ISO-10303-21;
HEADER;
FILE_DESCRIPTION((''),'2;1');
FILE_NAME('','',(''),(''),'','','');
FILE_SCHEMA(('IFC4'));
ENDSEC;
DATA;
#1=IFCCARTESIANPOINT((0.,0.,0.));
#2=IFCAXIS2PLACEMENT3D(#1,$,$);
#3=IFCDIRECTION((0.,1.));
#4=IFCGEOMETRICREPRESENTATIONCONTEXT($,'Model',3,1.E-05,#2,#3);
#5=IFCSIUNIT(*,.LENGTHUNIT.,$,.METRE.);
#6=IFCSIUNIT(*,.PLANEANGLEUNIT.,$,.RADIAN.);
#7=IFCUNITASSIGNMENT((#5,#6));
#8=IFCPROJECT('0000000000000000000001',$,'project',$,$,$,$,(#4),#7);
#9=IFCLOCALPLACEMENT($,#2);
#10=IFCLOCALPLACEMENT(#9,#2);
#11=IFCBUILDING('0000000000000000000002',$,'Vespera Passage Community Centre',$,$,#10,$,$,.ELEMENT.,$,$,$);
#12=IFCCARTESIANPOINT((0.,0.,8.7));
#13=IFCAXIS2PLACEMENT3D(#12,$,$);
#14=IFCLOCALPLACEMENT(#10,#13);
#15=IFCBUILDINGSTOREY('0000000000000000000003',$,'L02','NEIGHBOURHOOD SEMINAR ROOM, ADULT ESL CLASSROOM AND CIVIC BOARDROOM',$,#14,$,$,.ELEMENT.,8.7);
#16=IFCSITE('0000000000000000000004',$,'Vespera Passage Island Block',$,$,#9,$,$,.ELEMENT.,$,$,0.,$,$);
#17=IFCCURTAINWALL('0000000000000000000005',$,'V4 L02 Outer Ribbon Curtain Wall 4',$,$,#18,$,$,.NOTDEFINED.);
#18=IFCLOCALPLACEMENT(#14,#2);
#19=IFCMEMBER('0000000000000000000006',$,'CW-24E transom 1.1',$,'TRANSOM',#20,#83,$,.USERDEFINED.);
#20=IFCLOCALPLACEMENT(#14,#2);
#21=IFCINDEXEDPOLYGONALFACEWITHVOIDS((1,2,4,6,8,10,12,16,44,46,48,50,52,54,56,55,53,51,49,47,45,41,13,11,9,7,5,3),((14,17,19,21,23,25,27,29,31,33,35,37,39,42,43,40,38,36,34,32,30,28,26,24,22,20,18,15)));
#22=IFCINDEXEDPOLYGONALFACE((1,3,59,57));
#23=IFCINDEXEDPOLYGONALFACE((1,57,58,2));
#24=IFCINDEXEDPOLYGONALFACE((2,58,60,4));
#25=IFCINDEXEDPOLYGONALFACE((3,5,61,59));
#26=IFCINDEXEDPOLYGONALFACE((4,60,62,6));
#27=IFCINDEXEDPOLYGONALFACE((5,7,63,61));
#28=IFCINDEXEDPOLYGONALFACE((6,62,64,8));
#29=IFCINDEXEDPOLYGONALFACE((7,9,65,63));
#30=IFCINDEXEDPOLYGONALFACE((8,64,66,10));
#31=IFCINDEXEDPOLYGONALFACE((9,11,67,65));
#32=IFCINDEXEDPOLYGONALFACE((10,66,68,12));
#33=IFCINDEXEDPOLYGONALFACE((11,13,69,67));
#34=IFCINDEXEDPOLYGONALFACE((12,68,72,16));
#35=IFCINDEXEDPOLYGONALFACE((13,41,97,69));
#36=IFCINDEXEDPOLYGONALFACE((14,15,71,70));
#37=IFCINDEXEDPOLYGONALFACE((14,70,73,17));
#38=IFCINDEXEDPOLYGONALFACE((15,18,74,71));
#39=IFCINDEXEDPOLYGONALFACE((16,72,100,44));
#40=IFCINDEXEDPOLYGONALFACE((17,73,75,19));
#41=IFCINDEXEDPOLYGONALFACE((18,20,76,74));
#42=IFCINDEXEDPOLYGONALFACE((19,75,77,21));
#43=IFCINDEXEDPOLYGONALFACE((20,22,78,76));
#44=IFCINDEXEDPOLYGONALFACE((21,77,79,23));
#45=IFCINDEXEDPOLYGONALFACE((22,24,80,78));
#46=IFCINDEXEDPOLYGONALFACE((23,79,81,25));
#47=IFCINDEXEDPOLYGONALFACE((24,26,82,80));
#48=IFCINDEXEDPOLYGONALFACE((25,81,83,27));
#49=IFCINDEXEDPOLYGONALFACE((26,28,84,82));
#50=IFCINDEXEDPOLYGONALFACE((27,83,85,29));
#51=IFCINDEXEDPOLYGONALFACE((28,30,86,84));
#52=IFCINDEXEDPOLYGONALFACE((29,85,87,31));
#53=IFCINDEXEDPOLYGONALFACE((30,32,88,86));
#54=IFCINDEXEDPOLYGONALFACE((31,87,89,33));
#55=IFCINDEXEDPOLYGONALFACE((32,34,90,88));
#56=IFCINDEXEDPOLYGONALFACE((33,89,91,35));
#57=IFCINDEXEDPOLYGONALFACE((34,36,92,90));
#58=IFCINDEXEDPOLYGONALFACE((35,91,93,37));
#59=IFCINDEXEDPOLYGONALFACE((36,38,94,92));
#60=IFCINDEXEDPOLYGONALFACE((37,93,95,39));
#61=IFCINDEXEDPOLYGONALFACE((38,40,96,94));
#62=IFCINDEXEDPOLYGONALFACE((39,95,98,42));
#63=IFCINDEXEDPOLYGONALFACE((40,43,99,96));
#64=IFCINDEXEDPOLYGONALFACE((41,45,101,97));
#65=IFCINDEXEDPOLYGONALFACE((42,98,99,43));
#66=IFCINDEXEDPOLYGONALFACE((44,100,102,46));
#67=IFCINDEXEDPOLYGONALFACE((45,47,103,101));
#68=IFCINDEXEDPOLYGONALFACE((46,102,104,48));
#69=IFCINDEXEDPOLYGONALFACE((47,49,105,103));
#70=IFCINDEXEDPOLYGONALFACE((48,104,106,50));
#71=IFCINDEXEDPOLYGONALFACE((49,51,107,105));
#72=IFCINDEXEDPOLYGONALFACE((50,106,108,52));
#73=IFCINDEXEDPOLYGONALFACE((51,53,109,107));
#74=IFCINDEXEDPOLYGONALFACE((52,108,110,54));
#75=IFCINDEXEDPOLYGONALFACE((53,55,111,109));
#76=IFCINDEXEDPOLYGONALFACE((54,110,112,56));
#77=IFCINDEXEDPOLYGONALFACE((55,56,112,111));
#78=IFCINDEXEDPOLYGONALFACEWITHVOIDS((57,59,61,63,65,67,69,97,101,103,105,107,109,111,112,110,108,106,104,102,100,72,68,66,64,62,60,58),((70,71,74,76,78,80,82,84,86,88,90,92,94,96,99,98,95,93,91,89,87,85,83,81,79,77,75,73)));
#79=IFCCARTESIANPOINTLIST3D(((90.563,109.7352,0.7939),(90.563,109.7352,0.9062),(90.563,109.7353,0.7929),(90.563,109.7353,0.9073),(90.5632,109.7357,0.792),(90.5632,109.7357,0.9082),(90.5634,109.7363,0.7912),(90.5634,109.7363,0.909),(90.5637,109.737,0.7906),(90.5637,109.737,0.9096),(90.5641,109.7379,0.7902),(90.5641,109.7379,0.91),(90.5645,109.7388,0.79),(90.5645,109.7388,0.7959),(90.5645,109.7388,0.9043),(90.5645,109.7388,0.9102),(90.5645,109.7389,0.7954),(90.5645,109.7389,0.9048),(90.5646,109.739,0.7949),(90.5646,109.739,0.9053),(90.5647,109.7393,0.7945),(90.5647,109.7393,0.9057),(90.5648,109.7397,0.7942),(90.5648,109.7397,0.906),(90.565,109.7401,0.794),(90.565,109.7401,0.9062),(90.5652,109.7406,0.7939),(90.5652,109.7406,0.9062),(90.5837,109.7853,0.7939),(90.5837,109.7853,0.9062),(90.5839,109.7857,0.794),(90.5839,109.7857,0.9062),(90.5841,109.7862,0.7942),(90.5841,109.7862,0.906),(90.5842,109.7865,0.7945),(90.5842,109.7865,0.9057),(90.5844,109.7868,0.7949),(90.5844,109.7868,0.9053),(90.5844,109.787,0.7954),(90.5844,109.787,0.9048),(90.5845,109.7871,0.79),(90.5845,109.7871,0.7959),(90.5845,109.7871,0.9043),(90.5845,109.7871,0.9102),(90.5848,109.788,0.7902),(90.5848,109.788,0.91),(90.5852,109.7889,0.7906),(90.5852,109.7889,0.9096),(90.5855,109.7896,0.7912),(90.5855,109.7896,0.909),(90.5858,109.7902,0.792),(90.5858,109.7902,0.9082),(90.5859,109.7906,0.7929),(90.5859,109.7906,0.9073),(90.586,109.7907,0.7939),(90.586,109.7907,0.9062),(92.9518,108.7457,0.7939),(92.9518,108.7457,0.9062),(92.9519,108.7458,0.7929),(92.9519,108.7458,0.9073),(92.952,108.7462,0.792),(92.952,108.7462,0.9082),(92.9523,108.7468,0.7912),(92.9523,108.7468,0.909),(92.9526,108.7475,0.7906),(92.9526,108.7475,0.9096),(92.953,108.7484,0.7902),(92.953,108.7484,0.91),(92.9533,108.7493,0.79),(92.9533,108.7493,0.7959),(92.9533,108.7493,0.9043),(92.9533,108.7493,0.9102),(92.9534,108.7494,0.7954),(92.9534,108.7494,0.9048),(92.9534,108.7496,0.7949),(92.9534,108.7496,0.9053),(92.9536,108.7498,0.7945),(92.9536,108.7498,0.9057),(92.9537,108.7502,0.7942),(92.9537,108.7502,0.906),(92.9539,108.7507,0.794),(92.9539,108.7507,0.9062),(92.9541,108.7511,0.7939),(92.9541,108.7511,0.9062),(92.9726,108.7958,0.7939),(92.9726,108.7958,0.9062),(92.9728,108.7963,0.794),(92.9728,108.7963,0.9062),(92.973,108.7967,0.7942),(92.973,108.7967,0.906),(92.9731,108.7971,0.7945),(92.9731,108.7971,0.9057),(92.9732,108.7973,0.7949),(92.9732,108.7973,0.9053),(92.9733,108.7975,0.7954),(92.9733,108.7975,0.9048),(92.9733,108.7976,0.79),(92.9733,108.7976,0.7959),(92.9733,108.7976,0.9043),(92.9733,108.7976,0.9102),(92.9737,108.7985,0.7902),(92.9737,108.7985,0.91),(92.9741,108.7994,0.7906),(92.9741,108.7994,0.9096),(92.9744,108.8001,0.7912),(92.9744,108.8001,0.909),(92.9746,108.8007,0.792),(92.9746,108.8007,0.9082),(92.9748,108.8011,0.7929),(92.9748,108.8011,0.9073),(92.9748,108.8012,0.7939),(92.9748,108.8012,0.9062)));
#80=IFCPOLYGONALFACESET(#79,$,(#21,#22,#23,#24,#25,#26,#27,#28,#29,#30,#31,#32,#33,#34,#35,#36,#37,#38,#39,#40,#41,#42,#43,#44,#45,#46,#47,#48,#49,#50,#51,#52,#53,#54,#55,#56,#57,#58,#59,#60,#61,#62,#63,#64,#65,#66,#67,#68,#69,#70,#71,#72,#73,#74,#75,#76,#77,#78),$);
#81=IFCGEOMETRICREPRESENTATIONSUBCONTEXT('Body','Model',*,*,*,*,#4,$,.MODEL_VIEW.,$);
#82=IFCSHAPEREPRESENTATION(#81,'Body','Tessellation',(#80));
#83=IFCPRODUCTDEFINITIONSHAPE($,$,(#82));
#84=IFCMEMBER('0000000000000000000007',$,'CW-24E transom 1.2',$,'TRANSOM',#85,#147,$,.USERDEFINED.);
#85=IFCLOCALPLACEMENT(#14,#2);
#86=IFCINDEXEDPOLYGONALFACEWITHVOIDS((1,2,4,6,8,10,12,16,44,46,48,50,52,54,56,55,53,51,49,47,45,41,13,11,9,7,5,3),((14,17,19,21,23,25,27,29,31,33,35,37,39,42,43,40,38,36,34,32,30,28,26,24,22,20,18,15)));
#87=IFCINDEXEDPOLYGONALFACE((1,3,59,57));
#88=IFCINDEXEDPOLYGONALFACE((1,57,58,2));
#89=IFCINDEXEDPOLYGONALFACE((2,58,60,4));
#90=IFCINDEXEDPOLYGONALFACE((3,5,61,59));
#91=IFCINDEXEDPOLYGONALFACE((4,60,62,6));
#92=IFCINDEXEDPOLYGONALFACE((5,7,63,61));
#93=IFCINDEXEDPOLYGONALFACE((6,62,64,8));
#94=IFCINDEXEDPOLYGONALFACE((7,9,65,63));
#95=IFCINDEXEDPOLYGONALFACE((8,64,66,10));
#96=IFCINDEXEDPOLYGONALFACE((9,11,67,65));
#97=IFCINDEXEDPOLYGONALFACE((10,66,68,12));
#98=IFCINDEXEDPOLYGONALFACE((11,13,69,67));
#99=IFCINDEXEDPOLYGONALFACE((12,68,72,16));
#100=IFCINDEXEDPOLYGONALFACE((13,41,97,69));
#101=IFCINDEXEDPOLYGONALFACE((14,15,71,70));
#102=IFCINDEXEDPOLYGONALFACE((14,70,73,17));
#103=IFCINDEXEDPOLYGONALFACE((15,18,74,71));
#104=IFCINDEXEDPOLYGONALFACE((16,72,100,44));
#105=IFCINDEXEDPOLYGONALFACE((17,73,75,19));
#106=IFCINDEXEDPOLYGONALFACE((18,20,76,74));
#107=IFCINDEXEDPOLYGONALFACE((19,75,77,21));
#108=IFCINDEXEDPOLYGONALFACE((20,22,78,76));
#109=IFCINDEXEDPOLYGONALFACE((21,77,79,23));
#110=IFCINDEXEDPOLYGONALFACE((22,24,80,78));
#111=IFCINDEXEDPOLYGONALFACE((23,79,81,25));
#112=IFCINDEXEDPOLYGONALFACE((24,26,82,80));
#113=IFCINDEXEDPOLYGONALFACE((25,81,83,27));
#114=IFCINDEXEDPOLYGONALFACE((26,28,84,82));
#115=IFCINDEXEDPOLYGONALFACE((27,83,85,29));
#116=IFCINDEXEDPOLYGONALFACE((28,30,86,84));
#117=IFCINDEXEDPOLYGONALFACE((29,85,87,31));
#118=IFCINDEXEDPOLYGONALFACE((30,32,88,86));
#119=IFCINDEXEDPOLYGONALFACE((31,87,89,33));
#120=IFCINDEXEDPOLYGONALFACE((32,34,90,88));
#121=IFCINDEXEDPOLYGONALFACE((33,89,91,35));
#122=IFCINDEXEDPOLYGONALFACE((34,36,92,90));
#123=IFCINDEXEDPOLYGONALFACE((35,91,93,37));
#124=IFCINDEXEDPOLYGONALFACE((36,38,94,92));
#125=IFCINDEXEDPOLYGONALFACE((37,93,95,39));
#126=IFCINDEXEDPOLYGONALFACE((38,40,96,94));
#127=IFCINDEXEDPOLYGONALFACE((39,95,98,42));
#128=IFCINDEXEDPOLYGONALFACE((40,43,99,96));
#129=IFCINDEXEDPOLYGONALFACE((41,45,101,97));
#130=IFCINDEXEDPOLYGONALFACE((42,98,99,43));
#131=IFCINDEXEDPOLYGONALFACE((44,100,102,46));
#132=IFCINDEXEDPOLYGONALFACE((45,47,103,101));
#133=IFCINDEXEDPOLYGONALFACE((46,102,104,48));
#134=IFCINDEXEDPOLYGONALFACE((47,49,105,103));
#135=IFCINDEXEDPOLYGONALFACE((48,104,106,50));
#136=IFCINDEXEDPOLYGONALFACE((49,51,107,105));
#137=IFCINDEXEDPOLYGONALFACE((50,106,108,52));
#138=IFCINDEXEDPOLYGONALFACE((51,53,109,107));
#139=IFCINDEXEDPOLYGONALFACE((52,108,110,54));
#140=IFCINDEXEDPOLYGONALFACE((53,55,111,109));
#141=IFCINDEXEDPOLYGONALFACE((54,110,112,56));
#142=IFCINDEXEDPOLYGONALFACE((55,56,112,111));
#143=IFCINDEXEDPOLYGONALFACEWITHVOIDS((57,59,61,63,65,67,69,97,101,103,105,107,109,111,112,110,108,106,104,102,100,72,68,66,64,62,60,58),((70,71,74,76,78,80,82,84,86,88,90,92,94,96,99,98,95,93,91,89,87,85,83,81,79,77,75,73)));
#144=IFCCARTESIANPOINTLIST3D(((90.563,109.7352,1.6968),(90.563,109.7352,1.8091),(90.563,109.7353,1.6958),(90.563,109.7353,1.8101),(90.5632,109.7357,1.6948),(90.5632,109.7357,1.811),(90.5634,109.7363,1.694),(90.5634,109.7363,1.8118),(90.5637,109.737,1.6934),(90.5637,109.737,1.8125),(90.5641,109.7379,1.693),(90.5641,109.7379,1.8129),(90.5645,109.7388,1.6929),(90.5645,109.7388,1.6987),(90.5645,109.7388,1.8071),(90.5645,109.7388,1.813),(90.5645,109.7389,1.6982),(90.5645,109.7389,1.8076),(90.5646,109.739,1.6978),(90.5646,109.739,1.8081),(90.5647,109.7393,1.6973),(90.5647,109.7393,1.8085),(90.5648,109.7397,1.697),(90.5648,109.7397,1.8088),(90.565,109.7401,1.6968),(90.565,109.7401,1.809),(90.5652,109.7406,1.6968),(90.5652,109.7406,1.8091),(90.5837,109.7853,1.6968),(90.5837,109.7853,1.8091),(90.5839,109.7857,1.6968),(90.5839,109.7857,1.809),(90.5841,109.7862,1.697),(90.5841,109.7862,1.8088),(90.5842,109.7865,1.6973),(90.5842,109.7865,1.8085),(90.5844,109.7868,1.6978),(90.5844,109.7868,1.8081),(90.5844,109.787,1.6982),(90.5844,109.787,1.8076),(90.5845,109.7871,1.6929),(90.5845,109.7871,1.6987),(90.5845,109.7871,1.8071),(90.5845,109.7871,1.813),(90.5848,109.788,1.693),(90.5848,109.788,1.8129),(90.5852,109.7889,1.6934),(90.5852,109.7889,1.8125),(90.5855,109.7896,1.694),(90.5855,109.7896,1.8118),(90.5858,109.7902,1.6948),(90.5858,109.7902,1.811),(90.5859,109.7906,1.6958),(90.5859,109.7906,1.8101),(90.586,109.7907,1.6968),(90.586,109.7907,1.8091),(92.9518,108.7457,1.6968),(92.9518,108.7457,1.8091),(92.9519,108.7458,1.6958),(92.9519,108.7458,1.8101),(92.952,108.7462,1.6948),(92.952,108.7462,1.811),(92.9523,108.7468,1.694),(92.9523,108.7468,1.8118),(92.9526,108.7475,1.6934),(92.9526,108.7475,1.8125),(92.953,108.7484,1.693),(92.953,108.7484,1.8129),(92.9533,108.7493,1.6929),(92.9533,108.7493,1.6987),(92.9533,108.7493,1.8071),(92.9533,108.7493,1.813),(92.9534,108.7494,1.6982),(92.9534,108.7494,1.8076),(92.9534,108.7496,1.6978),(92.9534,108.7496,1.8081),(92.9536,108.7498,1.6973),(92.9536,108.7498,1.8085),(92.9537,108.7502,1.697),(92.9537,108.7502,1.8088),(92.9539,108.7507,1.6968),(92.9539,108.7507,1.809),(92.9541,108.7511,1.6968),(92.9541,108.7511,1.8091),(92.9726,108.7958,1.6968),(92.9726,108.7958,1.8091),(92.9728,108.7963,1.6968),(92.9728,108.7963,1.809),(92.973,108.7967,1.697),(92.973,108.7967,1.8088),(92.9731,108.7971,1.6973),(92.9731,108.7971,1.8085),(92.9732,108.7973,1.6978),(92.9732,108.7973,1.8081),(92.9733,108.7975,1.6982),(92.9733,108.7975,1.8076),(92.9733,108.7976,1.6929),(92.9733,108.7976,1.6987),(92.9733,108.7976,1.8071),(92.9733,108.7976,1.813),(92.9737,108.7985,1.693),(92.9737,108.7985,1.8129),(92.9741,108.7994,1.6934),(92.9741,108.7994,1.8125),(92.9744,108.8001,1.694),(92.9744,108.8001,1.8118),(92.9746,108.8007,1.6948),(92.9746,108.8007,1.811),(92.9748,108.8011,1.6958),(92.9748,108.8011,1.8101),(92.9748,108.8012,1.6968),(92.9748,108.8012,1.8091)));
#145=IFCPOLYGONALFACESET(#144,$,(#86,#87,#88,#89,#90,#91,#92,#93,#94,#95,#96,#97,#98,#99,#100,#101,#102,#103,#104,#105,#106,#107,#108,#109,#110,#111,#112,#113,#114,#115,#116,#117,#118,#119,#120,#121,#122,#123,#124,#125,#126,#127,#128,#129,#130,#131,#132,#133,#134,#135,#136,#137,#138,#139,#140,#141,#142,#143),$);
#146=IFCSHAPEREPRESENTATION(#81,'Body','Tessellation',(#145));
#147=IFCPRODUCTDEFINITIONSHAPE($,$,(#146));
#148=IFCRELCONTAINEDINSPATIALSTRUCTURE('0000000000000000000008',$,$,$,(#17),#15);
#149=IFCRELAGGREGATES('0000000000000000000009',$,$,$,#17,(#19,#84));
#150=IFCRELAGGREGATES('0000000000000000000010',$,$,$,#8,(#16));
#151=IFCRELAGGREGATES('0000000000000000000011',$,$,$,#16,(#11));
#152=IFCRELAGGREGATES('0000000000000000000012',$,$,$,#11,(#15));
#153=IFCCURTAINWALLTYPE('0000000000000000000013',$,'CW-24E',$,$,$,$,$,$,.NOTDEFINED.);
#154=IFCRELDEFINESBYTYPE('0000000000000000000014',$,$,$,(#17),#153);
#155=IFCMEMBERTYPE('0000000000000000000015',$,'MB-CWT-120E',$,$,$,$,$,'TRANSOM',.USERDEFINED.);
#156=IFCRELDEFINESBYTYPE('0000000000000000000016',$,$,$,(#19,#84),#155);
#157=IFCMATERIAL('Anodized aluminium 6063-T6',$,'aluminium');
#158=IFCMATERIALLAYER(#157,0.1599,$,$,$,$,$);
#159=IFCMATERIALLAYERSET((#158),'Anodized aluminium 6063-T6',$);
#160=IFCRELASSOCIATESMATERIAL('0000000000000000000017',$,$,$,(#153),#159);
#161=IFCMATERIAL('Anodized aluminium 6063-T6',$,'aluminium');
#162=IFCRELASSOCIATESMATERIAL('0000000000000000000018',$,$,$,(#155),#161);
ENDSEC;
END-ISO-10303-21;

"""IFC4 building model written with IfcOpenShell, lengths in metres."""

from ifc_helpers import new_model, si_unit, direction, frame, origin, origin_2d, place, context, subcontext, project, spatial, hollow_rectangle, extrude, material, layer, layer_set, material_profile, profile_set, type_object, element, aggregate, save


model = new_model("IFC4")

# Units and contexts
model_context = context("Model", 3, precision=1e-05, world=origin(), true_north=direction((0.0, 1.0)))
body_context = subcontext(model_context, "Body", "Model", "MODEL_VIEW")
ifc_project = project(units=[si_unit("LENGTHUNIT", "METRE"), si_unit("PLANEANGLEUNIT", "RADIAN")], contexts=[model_context])

# Site, building, storey
site_placement = place(None, origin())
site = spatial("IfcSite", under=ifc_project, at=site_placement, Name="Vespera Passage Island Block", CompositionType="ELEMENT", RefElevation=0.0)
building_placement = place(site_placement, origin())
building = spatial("IfcBuilding", under=site, at=building_placement, Name="Vespera Passage Community Centre", CompositionType="ELEMENT")
storey_placement = place(building_placement, frame((0.0, 0.0, 8.7)))
storey = spatial("IfcBuildingStorey", under=building, at=storey_placement, Name="L02", Description="NEIGHBOURHOOD SEMINAR ROOM, ADULT ESL CLASSROOM AND CIVIC BOARDROOM", CompositionType="ELEMENT", Elevation=8.7)

# Curtain wall
ifc_material_1 = material(Name="Anodized aluminium 6063-T6", Category="aluminium")
ifc_layer_1 = layer(ifc_material_1, 0.1599)
ifc_layer_set_1 = layer_set([ifc_layer_1], Name="Anodized aluminium 6063-T6")
curtain_wall_type_1 = type_object("IfcCurtainWallType", Name="CW-24E", PredefinedType="NOTDEFINED", material=ifc_layer_set_1)
curtain_wall_1_placement = place(storey_placement, origin())
curtain_wall_1 = element("IfcCurtainWall", 1, at=curtain_wall_1_placement, inside=storey, type_object=curtain_wall_type_1, Name="V4 L02 Outer Ribbon Curtain Wall 4", PredefinedType="NOTDEFINED")

# Members
ifc_material_2 = material(Name="Anodized aluminium 6063-T6", Category="aluminium")
ifc_material_profile_1 = material_profile(ifc_material_2, hollow_rectangle(XDim=0.0601, YDim=0.1201, WallThickness=0.0039, InnerFilletRadius=0.002, OuterFilletRadius=0.0039, at=origin_2d()), Name="ALU120X60X4")
ifc_profile_set_1 = profile_set([ifc_material_profile_1], Name="Anodized aluminium 6063-T6")
member_type_1 = type_object("IfcMemberType", Name="MB-CWT-120E", ElementType="TRANSOM", PredefinedType="USERDEFINED", material=ifc_profile_set_1)
member_1_placement = place(storey_placement, frame((90.5745, 109.7629, 0.8501), z_axis=(0.923882, -0.382677, 0.0), x_axis=(0.382677, 0.923882, 0.0)))
member_1 = element("IfcMember", 2, at=member_1_placement, type_object=member_type_1, Name="CW-24E transom 1.1", ObjectType="TRANSOM", PredefinedType="USERDEFINED", context=body_context, shape_type="SweptSolid", body=[
    extrude(hollow_rectangle(XDim=0.0601, YDim=0.1201, WallThickness=0.0039, InnerFilletRadius=0.002, OuterFilletRadius=0.0039, at=origin_2d()), origin(), (0.0, 0.0, 1.0), 2.5857),
])
member_2_placement = place(storey_placement, frame((90.5745, 109.7629, 1.7529), z_axis=(0.923882, -0.382677, 0.0), x_axis=(0.382677, 0.923882, 0.0)))
member_2 = element("IfcMember", 3, at=member_2_placement, type_object=member_type_1, Name="CW-24E transom 1.2", ObjectType="TRANSOM", PredefinedType="USERDEFINED", context=body_context, shape_type="SweptSolid", body=[
    extrude(hollow_rectangle(XDim=0.0601, YDim=0.1201, WallThickness=0.0039, InnerFilletRadius=0.002, OuterFilletRadius=0.0039, at=origin_2d()), origin(), (0.0, 0.0, 1.0), 2.5857),
])

aggregate(curtain_wall_1, [member_1, member_2])

save(model, "model.ifc")
